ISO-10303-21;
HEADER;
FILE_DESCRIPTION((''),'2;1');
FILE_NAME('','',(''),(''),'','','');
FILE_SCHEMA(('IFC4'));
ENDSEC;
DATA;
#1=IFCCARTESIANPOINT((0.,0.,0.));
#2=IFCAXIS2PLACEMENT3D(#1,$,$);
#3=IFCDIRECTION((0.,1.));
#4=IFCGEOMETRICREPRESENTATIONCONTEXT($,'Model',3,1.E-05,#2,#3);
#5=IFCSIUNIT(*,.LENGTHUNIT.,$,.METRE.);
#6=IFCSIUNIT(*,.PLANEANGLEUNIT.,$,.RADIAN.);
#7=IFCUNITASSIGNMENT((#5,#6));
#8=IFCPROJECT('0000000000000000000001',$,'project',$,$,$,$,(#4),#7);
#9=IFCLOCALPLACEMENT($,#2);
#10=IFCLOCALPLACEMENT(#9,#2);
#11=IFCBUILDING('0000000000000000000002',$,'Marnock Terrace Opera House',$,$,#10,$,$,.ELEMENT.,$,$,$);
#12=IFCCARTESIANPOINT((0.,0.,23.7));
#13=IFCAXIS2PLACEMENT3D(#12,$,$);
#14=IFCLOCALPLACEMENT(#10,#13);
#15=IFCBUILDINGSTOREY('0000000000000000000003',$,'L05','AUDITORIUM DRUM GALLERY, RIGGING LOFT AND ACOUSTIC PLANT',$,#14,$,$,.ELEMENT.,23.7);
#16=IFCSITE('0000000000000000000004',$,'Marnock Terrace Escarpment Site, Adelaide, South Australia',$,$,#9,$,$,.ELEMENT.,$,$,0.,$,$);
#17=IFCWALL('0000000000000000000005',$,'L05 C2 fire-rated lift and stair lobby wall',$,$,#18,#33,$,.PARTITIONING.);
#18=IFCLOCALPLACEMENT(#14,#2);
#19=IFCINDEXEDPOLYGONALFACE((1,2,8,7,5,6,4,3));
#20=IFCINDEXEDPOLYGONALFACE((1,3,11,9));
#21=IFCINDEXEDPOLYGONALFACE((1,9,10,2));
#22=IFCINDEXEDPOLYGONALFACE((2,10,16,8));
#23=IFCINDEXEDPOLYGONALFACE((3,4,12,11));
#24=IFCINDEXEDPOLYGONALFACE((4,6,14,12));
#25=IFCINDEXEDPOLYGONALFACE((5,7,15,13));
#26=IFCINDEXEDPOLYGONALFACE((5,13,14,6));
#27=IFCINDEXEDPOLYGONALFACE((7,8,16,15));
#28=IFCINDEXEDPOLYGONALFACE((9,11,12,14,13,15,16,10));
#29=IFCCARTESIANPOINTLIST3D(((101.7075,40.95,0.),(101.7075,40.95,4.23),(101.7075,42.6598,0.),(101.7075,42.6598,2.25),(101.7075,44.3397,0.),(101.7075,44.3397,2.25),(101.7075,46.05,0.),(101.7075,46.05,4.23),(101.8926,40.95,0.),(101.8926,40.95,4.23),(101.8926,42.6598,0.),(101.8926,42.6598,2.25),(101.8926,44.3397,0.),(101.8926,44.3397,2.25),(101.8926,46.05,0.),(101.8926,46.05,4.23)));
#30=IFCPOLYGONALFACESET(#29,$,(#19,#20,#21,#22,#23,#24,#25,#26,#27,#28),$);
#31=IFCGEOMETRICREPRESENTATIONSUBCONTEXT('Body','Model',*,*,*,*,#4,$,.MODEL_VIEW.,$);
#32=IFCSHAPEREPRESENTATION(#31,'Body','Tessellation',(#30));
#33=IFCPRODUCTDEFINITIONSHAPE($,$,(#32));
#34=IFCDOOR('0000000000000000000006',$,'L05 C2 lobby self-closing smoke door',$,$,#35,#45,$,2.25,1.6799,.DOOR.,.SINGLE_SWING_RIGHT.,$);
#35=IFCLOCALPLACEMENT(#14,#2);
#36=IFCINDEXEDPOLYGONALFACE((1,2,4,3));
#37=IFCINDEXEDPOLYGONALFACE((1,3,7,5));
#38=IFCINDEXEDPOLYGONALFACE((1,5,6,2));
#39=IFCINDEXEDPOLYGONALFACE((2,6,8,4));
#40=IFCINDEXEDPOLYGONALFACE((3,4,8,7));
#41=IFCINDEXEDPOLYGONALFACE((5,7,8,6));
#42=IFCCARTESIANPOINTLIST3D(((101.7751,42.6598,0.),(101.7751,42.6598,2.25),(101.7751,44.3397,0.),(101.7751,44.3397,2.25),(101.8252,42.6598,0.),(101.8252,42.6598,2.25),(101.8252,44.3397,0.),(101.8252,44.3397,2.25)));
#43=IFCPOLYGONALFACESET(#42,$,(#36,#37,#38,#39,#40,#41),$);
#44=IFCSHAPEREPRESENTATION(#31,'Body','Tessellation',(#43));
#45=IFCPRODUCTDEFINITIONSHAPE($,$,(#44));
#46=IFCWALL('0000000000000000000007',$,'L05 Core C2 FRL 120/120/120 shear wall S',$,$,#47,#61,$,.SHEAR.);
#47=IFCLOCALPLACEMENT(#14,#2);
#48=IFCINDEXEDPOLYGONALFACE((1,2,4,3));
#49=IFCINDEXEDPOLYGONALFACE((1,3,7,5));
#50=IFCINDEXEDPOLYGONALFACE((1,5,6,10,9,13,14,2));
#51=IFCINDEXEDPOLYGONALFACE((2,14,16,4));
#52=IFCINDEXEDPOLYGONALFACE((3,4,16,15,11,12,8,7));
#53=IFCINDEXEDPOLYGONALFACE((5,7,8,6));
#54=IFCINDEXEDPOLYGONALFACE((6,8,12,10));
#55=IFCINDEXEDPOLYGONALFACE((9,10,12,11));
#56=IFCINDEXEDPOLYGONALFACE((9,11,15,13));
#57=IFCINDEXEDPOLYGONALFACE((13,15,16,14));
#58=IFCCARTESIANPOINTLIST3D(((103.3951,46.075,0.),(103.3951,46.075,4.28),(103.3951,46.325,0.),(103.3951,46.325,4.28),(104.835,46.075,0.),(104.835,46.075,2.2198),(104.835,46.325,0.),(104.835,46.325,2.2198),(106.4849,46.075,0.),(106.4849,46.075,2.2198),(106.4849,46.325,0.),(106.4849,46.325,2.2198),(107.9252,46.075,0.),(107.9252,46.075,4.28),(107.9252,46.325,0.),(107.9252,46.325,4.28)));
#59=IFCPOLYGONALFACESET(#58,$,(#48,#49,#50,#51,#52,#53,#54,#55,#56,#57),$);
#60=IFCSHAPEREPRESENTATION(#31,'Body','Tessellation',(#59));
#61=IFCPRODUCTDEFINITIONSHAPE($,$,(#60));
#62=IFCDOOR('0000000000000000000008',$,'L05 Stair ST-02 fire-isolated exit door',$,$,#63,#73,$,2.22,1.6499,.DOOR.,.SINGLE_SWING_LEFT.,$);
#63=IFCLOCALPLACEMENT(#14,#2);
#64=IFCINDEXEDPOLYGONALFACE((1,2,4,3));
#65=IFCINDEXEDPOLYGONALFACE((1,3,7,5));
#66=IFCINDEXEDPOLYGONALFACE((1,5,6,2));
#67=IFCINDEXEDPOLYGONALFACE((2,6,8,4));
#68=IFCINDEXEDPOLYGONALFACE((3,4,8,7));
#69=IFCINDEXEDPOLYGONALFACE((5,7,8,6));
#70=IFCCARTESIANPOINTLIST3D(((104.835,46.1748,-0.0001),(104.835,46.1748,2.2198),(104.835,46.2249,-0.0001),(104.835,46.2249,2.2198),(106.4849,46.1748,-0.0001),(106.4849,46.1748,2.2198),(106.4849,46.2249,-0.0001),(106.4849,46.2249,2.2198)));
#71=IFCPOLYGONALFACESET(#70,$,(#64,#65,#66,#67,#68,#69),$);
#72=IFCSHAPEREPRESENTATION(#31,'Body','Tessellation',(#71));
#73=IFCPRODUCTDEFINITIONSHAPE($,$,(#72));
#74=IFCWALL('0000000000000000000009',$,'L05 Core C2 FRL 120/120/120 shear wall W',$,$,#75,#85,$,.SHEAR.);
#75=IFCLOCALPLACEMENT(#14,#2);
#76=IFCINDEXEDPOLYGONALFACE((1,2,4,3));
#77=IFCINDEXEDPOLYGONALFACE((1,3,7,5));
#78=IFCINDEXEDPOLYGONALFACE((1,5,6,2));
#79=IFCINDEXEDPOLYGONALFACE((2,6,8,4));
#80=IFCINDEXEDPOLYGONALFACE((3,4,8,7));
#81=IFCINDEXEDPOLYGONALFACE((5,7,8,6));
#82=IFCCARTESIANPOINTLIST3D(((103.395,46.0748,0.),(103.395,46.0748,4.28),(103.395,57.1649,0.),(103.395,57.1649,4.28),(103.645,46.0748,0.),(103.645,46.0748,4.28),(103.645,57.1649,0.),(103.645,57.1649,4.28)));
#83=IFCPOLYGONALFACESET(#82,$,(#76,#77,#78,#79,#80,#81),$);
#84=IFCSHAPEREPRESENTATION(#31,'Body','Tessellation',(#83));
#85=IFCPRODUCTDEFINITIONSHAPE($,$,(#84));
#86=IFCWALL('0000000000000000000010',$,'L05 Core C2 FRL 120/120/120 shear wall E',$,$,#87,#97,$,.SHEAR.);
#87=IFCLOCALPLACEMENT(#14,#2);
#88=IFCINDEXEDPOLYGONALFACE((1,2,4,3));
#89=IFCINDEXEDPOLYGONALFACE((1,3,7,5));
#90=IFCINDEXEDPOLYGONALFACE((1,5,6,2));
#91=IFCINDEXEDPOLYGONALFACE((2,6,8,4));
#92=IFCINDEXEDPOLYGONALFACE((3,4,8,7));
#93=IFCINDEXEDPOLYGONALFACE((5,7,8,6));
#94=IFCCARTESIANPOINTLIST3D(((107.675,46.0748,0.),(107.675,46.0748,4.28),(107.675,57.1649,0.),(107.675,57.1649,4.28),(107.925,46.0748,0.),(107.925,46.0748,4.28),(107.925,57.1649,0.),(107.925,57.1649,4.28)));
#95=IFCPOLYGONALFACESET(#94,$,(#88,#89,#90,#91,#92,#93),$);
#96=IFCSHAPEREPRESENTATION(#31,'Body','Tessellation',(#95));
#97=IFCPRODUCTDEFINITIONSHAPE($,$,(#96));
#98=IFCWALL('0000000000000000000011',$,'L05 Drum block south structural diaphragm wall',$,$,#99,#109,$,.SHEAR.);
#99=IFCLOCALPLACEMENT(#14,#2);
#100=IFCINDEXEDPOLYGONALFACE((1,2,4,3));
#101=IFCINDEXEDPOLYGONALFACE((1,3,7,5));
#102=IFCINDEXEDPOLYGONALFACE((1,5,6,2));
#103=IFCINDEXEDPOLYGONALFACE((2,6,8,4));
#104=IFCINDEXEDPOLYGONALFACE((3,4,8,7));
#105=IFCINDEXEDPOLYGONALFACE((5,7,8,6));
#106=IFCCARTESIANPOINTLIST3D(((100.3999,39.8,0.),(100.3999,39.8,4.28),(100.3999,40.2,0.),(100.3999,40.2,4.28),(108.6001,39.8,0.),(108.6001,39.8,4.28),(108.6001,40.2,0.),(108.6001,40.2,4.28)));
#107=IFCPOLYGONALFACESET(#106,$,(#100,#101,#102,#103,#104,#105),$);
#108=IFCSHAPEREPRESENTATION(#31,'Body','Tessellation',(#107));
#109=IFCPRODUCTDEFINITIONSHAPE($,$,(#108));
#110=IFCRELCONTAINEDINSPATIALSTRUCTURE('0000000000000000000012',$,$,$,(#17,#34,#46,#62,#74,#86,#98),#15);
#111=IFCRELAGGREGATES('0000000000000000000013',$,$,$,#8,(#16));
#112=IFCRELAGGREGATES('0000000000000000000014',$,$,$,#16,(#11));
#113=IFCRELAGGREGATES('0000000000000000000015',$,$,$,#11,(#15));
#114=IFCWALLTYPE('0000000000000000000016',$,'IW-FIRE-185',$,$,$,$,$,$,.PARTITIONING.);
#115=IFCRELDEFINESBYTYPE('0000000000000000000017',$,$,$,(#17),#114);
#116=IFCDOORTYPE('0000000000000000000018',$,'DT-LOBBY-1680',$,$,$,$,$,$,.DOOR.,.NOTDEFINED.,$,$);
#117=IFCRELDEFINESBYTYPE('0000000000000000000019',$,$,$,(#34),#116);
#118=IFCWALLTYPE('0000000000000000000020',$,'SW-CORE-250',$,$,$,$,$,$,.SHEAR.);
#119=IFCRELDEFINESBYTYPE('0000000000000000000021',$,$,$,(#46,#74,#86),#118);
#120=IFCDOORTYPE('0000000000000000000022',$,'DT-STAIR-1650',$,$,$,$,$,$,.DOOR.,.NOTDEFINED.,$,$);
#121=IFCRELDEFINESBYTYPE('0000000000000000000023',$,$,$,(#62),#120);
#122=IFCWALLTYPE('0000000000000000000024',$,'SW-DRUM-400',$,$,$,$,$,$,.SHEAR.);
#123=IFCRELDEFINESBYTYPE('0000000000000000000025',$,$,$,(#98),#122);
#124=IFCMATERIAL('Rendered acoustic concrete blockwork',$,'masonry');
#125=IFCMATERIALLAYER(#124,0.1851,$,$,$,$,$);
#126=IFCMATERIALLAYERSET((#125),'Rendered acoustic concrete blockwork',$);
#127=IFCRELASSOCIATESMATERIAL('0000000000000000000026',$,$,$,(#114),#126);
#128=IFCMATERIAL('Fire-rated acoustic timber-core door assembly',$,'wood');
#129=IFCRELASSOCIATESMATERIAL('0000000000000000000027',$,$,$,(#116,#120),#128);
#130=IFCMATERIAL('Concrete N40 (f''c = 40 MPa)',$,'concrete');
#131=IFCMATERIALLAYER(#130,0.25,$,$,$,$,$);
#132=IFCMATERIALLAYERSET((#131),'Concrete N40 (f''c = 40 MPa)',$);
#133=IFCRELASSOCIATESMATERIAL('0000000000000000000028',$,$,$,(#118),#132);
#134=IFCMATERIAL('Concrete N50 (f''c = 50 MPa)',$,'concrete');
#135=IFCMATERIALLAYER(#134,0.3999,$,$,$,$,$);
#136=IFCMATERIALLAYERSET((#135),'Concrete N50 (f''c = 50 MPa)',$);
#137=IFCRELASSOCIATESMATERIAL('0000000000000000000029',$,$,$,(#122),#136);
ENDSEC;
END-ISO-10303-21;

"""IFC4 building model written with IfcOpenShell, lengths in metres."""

from ifc_helpers import new_model, si_unit, direction, frame, frame_2d, origin, place, context, subcontext, project, spatial, rectangle, extrude, material, layer, layer_set, type_object, element, fill, save


model = new_model("IFC4")

# Units and contexts
model_context = context("Model", 3, precision=1e-05, world=origin(), true_north=direction((0.0, 1.0)))
body_context = subcontext(model_context, "Body", "Model", "MODEL_VIEW")
ifc_project = project(units=[si_unit("LENGTHUNIT", "METRE"), si_unit("PLANEANGLEUNIT", "RADIAN")], contexts=[model_context])

# Site, building, storey
site_placement = place(None, origin())
site = spatial("IfcSite", under=ifc_project, at=site_placement, Name="Marnock Terrace Escarpment Site, Adelaide, South Australia", CompositionType="ELEMENT", RefElevation=0.0)
building_placement = place(site_placement, origin())
building = spatial("IfcBuilding", under=site, at=building_placement, Name="Marnock Terrace Opera House", CompositionType="ELEMENT")
storey_placement = place(building_placement, frame((0.0, 0.0, 23.7)))
storey = spatial("IfcBuildingStorey", under=building, at=storey_placement, Name="L05", Description="AUDITORIUM DRUM GALLERY, RIGGING LOFT AND ACOUSTIC PLANT", CompositionType="ELEMENT", Elevation=23.7)

# Shared definitions
ifc_material_1 = material(Name="Concrete N40 (f'c = 40 MPa)", Category="concrete")

# Walls, openings, doors
ifc_material_2 = material(Name="Rendered acoustic concrete blockwork", Category="masonry")
ifc_layer_1 = layer(ifc_material_2, 0.1851)
ifc_layer_set_1 = layer_set([ifc_layer_1], Name="Rendered acoustic concrete blockwork")
wall_type_1 = type_object("IfcWallType", Name="IW-FIRE-185", PredefinedType="PARTITIONING", material=ifc_layer_set_1)
wall_1_placement = place(storey_placement, frame((101.8, 40.95, 0.0), z_axis=(0.0, 0.0, 1.0), x_axis=(0.0, 1.0, 0.0)))
wall_1 = element("IfcWall", 1, at=wall_1_placement, inside=storey, type_object=wall_type_1, Name="L05 C2 fire-rated lift and stair lobby wall", PredefinedType="PARTITIONING", context=body_context, shape_type="SweptSolid", body=[
    extrude(rectangle(XDim=5.1001, YDim=0.1851, at=frame_2d((2.55, 0.0))), origin(), (0.0, 0.0, 1.0), 4.23),
])
opening_1_placement = place(wall_1_placement, frame((1.71, 0.0, 0.0)))
opening_1 = element("IfcOpeningElement", 2, at=opening_1_placement, cuts=wall_1, PredefinedType="OPENING", context=body_context, shape_type="SweptSolid", body=[
    extrude(rectangle(XDim=1.6799, YDim=2.25, at=frame_2d((0.8398, 1.125))), frame((0.0, 0.1025, 0.0), z_axis=(0.0, -1.0, 0.0), x_axis=(1.0, 0.0, 0.0)), (0.0, 0.0, 1.0), 0.2051),
])
ifc_material_3 = material(Name="Fire-rated acoustic timber-core door assembly", Category="wood")
door_type_1 = type_object("IfcDoorType", Name="DT-LOBBY-1680", OperationType="NOTDEFINED", PredefinedType="DOOR", material=ifc_material_3)
door_1_placement = place(opening_1_placement, origin())
door_1 = element("IfcDoor", 3, at=door_1_placement, inside=storey, type_object=door_type_1, Name="L05 C2 lobby self-closing smoke door", OperationType="SINGLE_SWING_RIGHT", OverallHeight=2.25, OverallWidth=1.6799, PredefinedType="DOOR", context=body_context, shape_type="SweptSolid", body=[
    extrude(rectangle(XDim=1.6799, YDim=2.25, at=frame_2d((0.8398, 1.125))), frame((0.0, 0.0249, 0.0), z_axis=(0.0, -1.0, 0.0), x_axis=(1.0, 0.0, 0.0)), (0.0, 0.0, 1.0), 0.05),
])
fill(opening_1, door_1)
ifc_layer_2 = layer(ifc_material_1, 0.25)
ifc_layer_set_2 = layer_set([ifc_layer_2], Name="Concrete N40 (f'c = 40 MPa)")
wall_type_2 = type_object("IfcWallType", Name="SW-CORE-250", PredefinedType="SHEAR", material=ifc_layer_set_2)
wall_2_placement = place(storey_placement, frame((103.395, 46.2, 0.0), z_axis=(0.0, 0.0, 1.0), x_axis=(1.0, 0.0, 0.0)))
wall_2 = element("IfcWall", 4, at=wall_2_placement, inside=storey, type_object=wall_type_2, Name="L05 Core C2 FRL 120/120/120 shear wall S", PredefinedType="SHEAR", context=body_context, shape_type="SweptSolid", body=[
    extrude(rectangle(XDim=4.53, YDim=0.25, at=frame_2d((2.2651, 0.0))), origin(), (0.0, 0.0, 1.0), 4.28),
])
opening_2_placement = place(wall_2_placement, frame((1.4399, 0.0, 0.0)))
opening_2 = element("IfcOpeningElement", 5, at=opening_2_placement, cuts=wall_2, PredefinedType="OPENING", context=body_context, shape_type="SweptSolid", body=[
    extrude(rectangle(XDim=1.6499, YDim=2.22, at=frame_2d((0.825, 1.1099))), frame((0.0, 0.135, 0.0), z_axis=(0.0, -1.0, 0.0), x_axis=(1.0, 0.0, 0.0)), (0.0, 0.0, 1.0), 0.27),
])
door_type_2 = type_object("IfcDoorType", Name="DT-STAIR-1650", OperationType="NOTDEFINED", PredefinedType="DOOR", material=ifc_material_3)
door_2_placement = place(opening_2_placement, origin())
door_2 = element("IfcDoor", 6, at=door_2_placement, inside=storey, type_object=door_type_2, Name="L05 Stair ST-02 fire-isolated exit door", OperationType="SINGLE_SWING_LEFT", OverallHeight=2.22, OverallWidth=1.6499, PredefinedType="DOOR", context=body_context, shape_type="SweptSolid", body=[
    extrude(rectangle(XDim=1.6499, YDim=2.22, at=frame_2d((0.825, 1.1099))), frame((0.0, 0.0249, 0.0), z_axis=(0.0, -1.0, 0.0), x_axis=(1.0, 0.0, 0.0)), (0.0, 0.0, 1.0), 0.05),
])
fill(opening_2, door_2)

# Walls
for number, where, z_axis, x_axis, name in (
    (7, (103.52, 46.075, 0.0), (0.0, 0.0, 1.0), (0.0, 1.0, 0.0), "L05 Core C2 FRL 120/120/120 shear wall W"),
    (8, (107.8, 46.075, 0.0), (0.0, 0.0, 1.0), (0.0, 1.0, 0.0), "L05 Core C2 FRL 120/120/120 shear wall E"),
):
    element("IfcWall", number, at=place(storey_placement, frame(where, z_axis=z_axis, x_axis=x_axis)), inside=storey, type_object=wall_type_2, Name=name, PredefinedType="SHEAR", context=body_context, shape_type="SweptSolid", body=[
        extrude(rectangle(XDim=11.0901, YDim=0.25, at=frame_2d((5.5449, 0.0))), origin(), (0.0, 0.0, 1.0), 4.28),
    ])
ifc_material_4 = material(Name="Concrete N50 (f'c = 50 MPa)", Category="concrete")
ifc_layer_3 = layer(ifc_material_4, 0.3999)
ifc_layer_set_3 = layer_set([ifc_layer_3], Name="Concrete N50 (f'c = 50 MPa)")
wall_type_3 = type_object("IfcWallType", Name="SW-DRUM-400", PredefinedType="SHEAR", material=ifc_layer_set_3)
wall_3_placement = place(storey_placement, frame((100.3999, 40.0, 0.0), z_axis=(0.0, 0.0, 1.0), x_axis=(1.0, 0.0, 0.0)))
element("IfcWall", 9, at=wall_3_placement, inside=storey, type_object=wall_type_3, Name="L05 Drum block south structural diaphragm wall", PredefinedType="SHEAR", context=body_context, shape_type="SweptSolid", body=[
    extrude(rectangle(XDim=8.2002, YDim=0.3999, at=frame_2d((4.1001, 0.0))), origin(), (0.0, 0.0, 1.0), 4.28),
])

save(model, "model.ifc")
